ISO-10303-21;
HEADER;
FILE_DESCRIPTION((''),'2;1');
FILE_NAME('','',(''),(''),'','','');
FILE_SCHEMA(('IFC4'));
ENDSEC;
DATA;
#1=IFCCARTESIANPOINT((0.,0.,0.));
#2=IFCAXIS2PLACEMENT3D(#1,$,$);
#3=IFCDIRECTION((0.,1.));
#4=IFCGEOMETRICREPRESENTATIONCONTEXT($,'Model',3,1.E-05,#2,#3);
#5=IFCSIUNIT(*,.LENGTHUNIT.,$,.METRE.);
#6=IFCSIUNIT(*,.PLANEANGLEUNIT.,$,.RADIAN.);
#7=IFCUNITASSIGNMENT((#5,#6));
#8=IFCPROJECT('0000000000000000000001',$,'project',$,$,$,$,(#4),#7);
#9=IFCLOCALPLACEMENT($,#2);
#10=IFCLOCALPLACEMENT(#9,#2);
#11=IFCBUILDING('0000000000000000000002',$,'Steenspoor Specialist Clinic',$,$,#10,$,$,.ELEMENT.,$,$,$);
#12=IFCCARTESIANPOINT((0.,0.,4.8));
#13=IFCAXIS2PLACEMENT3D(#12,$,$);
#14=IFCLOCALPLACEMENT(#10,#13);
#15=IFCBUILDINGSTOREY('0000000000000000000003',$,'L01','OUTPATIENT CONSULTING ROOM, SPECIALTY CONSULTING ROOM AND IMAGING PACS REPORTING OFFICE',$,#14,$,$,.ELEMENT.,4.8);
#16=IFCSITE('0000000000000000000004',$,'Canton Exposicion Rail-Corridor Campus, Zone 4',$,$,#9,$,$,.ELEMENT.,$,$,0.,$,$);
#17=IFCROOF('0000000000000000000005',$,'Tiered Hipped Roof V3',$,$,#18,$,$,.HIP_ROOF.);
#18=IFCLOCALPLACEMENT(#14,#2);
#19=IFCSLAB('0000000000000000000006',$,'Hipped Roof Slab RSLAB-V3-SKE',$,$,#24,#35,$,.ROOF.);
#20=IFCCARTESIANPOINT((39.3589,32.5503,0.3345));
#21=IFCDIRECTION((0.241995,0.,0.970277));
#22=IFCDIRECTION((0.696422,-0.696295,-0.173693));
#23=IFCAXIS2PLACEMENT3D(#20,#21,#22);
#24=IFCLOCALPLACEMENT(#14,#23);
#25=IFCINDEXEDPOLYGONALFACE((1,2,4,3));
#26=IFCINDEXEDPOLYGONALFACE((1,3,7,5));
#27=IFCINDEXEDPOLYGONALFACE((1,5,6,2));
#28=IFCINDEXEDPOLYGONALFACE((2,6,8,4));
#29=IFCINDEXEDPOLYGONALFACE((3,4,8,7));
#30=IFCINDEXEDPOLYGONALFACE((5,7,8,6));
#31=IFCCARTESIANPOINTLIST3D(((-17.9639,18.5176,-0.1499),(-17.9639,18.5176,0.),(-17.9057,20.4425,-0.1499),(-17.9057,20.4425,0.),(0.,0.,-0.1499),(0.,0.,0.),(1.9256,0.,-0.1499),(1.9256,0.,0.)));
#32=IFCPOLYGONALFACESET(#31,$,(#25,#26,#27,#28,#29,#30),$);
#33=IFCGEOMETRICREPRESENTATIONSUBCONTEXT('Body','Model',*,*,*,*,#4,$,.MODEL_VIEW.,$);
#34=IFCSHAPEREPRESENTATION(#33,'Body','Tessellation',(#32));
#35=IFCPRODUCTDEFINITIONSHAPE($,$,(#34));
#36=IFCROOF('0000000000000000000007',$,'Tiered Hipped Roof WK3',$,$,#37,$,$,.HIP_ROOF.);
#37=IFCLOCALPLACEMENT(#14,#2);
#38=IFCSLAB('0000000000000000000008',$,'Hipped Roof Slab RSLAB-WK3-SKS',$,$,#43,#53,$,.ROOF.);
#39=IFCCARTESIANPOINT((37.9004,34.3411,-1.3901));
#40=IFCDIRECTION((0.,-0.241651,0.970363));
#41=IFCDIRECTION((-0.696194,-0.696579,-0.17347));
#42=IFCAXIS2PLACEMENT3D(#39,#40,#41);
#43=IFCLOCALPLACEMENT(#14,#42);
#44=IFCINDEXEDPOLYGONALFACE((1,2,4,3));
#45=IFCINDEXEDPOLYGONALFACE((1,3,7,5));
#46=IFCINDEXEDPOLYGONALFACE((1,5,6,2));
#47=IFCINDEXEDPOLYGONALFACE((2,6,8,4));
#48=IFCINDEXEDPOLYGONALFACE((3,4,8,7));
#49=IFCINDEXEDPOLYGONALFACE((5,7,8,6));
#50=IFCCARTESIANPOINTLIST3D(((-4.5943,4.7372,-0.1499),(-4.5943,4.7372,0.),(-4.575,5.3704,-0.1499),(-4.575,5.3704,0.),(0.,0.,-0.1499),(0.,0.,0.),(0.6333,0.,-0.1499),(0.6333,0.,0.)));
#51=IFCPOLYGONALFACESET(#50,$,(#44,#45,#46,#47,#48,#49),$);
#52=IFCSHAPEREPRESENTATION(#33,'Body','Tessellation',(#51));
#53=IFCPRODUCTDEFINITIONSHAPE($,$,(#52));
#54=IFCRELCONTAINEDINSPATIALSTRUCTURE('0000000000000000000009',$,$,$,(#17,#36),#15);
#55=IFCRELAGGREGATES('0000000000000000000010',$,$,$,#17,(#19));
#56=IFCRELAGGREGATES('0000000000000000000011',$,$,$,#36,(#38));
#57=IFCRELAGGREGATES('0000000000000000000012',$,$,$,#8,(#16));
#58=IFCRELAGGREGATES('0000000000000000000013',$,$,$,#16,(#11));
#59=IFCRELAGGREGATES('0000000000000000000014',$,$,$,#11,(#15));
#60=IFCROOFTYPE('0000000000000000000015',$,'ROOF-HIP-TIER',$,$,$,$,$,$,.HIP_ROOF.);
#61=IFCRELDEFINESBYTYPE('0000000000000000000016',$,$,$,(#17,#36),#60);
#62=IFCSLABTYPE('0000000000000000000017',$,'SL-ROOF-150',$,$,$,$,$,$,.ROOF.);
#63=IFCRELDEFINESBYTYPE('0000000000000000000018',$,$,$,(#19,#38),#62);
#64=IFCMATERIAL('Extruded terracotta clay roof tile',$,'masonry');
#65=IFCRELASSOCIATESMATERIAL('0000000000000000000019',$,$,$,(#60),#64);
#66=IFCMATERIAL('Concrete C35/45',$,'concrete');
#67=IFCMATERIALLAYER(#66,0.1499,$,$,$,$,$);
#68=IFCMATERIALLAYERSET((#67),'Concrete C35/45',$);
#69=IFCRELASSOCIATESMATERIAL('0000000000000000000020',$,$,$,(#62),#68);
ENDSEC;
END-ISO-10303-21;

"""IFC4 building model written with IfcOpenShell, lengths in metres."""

from ifc_helpers import new_model, si_unit, direction, frame, origin, place, context, subcontext, project, spatial, polyline, outline, extrude, material, layer, layer_set, type_object, element, aggregate, save


model = new_model("IFC4")

# Units and contexts
model_context = context("Model", 3, precision=1e-05, world=origin(), true_north=direction((0.0, 1.0)))
body_context = subcontext(model_context, "Body", "Model", "MODEL_VIEW")
ifc_project = project(units=[si_unit("LENGTHUNIT", "METRE"), si_unit("PLANEANGLEUNIT", "RADIAN")], contexts=[model_context])

# Site, building, storey
site_placement = place(None, origin())
site = spatial("IfcSite", under=ifc_project, at=site_placement, Name="Canton Exposicion Rail-Corridor Campus, Zone 4", CompositionType="ELEMENT", RefElevation=0.0)
building_placement = place(site_placement, origin())
building = spatial("IfcBuilding", under=site, at=building_placement, Name="Steenspoor Specialist Clinic", CompositionType="ELEMENT")
storey_placement = place(building_placement, frame((0.0, 0.0, 4.8)))
storey = spatial("IfcBuildingStorey", under=building, at=storey_placement, Name="L01", Description="OUTPATIENT CONSULTING ROOM, SPECIALTY CONSULTING ROOM AND IMAGING PACS REPORTING OFFICE", CompositionType="ELEMENT", Elevation=4.8)

# Roof, slab
ifc_material_1 = material(Name="Extruded terracotta clay roof tile", Category="masonry")
roof_type = type_object("IfcRoofType", Name="ROOF-HIP-TIER", PredefinedType="HIP_ROOF", material=ifc_material_1)
roof_1_placement = place(storey_placement, origin())
roof_1 = element("IfcRoof", 1, at=roof_1_placement, inside=storey, type_object=roof_type, Name="Tiered Hipped Roof V3", PredefinedType="HIP_ROOF")
ifc_material_2 = material(Name="Concrete C35/45", Category="concrete")
ifc_layer_1 = layer(ifc_material_2, 0.1499)
ifc_layer_set_1 = layer_set([ifc_layer_1], Name="Concrete C35/45")
slab_type = type_object("IfcSlabType", Name="SL-ROOF-150", PredefinedType="ROOF", material=ifc_layer_set_1)
slab_1_placement = place(storey_placement, frame((39.3589, 32.5503, 0.3345), z_axis=(0.241995, 0.0, 0.970277), x_axis=(0.696422, -0.696295, -0.173693)))
slab_1 = element("IfcSlab", 2, at=slab_1_placement, type_object=slab_type, Name="Hipped Roof Slab RSLAB-V3-SKE", PredefinedType="ROOF", context=body_context, shape_type="SweptSolid", body=[
    extrude(outline(polyline([(0.0, 0.0), (1.9256, 0.0), (-17.9057, 20.4425), (-17.9639, 18.5176), (0.0, 0.0)])), origin(), (0.0, 0.0, -1.0), 0.1499),
])
aggregate(roof_1, [slab_1])

# Roof, slab
roof_2_placement = place(storey_placement, origin())
roof_2 = element("IfcRoof", 3, at=roof_2_placement, inside=storey, type_object=roof_type, Name="Tiered Hipped Roof WK3", PredefinedType="HIP_ROOF")
slab_2_placement = place(storey_placement, frame((37.9004, 34.3411, -1.3901), z_axis=(0.0, -0.241651, 0.970363), x_axis=(-0.696194, -0.696579, -0.17347)))
slab_2 = element("IfcSlab", 4, at=slab_2_placement, type_object=slab_type, Name="Hipped Roof Slab RSLAB-WK3-SKS", PredefinedType="ROOF", context=body_context, shape_type="SweptSolid", body=[
    extrude(outline(polyline([(0.0, 0.0), (0.6333, 0.0), (-4.575, 5.3704), (-4.5943, 4.7372), (0.0, 0.0)])), origin(), (0.0, 0.0, -1.0), 0.1499),
])
aggregate(roof_2, [slab_2])

save(model, "model.ifc")
